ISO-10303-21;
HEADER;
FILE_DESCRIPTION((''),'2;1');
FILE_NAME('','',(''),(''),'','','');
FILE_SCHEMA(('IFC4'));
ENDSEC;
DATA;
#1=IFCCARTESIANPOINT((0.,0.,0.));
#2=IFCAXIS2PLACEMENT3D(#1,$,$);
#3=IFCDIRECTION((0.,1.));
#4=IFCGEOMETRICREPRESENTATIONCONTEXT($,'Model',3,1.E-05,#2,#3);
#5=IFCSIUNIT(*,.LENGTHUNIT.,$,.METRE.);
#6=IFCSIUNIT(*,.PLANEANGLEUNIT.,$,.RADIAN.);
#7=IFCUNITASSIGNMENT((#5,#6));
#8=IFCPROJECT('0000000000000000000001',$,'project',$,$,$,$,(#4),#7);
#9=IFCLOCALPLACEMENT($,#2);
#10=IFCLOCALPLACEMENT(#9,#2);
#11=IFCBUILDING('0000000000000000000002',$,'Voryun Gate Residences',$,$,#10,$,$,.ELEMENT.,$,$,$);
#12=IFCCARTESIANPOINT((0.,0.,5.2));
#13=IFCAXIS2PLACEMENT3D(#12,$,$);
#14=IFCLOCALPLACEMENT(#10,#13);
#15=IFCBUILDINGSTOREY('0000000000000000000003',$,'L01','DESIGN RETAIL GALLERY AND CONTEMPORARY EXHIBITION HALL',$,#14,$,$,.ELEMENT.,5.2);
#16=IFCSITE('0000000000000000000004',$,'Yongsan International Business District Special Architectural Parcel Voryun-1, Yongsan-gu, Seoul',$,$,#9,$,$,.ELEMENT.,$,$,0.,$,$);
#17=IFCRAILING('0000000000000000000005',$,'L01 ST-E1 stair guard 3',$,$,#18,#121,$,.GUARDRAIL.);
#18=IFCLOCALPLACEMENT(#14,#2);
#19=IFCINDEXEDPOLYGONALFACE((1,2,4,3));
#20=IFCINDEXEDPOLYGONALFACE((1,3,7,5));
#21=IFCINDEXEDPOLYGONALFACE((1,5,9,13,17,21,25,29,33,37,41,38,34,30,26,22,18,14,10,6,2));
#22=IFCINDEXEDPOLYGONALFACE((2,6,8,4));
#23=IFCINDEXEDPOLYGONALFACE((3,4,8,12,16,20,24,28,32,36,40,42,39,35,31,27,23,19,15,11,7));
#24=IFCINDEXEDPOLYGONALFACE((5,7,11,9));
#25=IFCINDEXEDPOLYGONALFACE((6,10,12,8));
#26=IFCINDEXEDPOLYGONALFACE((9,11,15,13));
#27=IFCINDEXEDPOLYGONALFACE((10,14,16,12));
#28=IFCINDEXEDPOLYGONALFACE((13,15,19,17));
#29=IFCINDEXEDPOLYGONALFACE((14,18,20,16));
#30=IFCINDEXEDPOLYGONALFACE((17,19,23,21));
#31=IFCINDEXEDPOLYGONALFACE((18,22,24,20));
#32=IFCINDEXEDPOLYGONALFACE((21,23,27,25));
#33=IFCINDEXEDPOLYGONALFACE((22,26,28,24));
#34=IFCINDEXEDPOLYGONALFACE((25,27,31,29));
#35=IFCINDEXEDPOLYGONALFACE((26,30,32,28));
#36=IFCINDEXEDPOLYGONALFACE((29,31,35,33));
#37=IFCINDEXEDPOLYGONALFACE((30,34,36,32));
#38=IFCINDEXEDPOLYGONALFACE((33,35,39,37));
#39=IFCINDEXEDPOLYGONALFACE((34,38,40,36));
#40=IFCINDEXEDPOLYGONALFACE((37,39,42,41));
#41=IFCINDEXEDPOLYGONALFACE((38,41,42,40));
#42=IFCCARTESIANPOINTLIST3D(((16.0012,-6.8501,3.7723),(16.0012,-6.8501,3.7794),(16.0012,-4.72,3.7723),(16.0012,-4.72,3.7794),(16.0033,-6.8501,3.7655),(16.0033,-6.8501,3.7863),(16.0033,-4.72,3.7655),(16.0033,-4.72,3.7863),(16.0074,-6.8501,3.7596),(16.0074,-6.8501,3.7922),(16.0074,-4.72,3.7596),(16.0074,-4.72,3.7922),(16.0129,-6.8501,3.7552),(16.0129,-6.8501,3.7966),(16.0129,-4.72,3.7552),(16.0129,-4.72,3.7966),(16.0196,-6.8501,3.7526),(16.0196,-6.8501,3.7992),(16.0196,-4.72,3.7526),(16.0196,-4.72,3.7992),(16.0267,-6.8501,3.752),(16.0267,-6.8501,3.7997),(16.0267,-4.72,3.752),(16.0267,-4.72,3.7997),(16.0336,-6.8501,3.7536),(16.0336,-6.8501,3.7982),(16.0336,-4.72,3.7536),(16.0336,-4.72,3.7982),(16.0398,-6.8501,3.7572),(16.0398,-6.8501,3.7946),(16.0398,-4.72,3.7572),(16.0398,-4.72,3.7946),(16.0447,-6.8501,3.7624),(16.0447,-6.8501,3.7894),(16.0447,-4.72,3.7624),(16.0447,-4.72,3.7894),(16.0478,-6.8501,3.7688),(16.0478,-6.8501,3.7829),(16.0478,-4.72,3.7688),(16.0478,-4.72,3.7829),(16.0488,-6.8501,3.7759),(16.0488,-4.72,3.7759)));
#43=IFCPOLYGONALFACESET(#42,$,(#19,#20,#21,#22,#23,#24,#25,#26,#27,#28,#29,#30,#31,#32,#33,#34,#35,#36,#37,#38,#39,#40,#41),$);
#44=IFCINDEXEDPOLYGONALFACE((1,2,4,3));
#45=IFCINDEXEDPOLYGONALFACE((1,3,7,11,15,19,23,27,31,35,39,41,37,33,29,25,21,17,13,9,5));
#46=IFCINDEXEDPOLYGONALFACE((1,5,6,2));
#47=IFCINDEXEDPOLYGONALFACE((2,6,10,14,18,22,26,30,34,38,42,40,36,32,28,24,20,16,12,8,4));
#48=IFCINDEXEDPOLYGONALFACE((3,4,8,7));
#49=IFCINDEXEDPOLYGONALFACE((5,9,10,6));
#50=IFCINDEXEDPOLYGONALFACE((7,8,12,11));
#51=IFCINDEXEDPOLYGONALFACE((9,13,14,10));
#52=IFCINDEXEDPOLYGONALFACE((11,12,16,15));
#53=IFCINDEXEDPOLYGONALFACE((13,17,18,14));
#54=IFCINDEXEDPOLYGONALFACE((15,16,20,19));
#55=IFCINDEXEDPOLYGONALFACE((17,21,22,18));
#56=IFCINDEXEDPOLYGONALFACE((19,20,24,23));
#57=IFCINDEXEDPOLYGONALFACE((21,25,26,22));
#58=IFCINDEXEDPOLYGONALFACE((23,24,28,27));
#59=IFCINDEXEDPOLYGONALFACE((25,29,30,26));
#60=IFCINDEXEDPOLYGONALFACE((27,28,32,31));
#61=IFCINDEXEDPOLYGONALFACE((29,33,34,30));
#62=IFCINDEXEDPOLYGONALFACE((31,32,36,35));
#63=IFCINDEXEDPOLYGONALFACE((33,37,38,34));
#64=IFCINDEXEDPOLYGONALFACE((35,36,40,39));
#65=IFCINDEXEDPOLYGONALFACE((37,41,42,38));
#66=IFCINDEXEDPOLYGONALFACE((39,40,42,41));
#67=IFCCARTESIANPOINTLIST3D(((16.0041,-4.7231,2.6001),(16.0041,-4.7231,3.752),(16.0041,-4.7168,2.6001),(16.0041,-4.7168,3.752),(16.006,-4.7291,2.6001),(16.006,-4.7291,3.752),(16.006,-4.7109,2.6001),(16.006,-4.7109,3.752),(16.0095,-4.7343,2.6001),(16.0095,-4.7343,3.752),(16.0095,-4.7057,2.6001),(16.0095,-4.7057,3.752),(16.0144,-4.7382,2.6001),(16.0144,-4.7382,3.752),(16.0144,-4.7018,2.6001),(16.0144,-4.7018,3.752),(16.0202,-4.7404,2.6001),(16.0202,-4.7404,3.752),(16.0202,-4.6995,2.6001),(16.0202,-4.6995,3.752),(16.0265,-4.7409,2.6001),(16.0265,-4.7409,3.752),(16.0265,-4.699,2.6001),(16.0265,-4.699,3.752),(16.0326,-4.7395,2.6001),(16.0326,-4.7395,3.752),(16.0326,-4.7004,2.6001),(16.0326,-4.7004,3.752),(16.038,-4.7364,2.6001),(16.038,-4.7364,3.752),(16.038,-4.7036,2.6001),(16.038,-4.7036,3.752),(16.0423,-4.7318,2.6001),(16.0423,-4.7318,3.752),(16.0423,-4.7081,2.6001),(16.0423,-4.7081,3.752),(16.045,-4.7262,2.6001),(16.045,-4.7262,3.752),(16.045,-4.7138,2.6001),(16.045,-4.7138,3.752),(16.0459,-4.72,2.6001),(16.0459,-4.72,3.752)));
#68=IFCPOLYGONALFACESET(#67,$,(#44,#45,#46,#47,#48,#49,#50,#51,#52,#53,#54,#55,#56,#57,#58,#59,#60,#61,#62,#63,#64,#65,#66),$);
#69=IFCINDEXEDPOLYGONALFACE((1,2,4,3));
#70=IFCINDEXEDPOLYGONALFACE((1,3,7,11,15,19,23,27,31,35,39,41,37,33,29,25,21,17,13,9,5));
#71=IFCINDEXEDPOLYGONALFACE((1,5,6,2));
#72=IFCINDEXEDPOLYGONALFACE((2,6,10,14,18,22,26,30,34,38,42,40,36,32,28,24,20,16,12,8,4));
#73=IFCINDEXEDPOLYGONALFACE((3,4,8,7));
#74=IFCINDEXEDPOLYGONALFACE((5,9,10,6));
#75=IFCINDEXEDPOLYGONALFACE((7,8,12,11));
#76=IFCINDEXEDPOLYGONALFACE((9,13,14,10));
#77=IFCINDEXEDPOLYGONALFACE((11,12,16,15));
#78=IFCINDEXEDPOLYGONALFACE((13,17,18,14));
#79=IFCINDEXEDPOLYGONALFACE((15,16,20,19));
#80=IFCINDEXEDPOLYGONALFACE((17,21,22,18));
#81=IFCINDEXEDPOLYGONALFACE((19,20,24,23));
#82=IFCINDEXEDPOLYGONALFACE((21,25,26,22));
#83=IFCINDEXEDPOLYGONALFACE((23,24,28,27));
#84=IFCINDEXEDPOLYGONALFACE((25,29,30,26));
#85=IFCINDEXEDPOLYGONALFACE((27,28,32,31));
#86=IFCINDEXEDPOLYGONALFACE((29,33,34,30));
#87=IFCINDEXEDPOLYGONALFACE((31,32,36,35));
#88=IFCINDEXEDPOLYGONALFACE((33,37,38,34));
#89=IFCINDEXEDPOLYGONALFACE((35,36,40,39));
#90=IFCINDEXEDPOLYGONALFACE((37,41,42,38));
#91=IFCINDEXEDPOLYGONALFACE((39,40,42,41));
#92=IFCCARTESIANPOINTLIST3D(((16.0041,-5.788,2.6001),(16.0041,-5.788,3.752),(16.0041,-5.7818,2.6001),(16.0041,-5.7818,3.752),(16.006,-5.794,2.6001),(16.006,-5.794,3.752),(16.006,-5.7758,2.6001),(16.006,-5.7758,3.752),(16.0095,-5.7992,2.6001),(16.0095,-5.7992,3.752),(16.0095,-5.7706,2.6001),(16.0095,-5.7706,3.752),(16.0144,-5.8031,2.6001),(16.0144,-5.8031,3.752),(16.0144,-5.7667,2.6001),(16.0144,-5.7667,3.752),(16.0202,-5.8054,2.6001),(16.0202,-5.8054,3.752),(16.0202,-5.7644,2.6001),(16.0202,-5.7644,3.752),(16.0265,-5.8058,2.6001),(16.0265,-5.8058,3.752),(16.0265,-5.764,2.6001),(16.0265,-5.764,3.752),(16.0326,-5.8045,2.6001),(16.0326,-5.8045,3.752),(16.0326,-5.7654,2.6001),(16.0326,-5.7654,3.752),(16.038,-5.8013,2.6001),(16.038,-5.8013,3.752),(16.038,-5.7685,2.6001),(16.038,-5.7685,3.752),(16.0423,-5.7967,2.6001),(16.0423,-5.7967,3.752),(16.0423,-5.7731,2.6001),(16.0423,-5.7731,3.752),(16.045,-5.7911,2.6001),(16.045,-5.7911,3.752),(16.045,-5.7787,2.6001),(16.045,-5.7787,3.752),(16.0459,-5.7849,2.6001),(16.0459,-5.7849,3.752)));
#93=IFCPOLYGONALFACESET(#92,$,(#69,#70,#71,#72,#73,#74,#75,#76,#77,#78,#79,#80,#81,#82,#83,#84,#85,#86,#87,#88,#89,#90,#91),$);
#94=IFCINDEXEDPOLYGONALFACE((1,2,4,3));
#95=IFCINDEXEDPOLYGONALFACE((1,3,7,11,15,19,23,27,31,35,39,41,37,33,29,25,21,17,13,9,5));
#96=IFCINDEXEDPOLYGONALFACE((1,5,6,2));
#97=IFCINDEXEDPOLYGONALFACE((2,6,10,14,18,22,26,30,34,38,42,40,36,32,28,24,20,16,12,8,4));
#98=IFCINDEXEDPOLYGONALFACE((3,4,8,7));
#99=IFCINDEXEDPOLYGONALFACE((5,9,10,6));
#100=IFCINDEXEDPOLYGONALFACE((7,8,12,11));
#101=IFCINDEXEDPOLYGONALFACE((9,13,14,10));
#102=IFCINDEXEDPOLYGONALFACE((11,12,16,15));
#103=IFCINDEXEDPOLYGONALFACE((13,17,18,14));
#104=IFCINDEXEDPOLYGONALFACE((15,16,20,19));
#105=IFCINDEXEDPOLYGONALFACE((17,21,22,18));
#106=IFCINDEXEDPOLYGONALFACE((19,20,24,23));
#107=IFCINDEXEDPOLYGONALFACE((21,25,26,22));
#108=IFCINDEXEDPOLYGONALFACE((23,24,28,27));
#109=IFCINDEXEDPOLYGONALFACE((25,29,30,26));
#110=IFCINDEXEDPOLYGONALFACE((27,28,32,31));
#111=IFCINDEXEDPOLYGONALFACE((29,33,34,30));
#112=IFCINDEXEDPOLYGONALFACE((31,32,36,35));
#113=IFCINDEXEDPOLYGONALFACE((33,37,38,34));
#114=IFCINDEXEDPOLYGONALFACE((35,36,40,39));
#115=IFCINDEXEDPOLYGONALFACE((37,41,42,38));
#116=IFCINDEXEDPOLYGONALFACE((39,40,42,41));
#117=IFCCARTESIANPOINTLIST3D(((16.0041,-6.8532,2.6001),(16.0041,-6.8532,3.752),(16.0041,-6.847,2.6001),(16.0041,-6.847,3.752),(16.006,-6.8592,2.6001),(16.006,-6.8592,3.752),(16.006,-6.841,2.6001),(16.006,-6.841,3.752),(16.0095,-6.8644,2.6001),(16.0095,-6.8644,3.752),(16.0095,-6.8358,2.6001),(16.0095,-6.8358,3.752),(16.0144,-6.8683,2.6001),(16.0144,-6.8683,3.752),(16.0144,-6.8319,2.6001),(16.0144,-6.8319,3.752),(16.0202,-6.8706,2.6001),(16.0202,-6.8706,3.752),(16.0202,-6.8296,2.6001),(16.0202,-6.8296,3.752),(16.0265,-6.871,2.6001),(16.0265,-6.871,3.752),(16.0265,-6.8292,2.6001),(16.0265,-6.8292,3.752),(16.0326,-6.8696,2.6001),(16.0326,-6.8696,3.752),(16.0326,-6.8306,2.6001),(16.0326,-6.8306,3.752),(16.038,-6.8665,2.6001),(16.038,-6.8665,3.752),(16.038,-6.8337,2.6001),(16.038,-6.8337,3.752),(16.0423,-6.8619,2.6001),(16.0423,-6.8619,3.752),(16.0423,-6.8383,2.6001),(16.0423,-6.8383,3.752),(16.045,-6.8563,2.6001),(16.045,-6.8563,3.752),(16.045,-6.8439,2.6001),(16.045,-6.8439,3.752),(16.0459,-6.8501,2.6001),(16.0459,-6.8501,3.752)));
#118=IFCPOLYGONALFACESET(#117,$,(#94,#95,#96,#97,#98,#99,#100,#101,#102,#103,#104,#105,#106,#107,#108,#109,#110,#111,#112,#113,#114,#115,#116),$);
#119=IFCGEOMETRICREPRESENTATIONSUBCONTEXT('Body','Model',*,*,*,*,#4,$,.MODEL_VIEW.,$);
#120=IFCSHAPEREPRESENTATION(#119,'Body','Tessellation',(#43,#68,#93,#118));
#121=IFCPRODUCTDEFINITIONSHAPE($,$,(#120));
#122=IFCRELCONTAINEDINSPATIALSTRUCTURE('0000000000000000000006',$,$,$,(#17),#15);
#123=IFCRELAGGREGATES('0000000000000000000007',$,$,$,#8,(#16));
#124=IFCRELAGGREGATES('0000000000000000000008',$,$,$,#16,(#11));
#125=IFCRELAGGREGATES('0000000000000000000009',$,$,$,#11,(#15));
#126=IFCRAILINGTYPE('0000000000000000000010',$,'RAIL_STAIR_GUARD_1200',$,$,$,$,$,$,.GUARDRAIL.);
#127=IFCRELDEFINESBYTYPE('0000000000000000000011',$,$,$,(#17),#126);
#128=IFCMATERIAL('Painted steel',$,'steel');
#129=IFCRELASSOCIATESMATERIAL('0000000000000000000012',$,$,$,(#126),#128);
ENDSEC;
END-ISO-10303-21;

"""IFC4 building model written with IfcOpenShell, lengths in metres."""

from ifc_helpers import new_model, si_unit, direction, frame, origin, origin_2d, place, context, subcontext, project, spatial, circle, extrude, material, type_object, element, save


model = new_model("IFC4")

# Units and contexts
model_context = context("Model", 3, precision=1e-05, world=origin(), true_north=direction((0.0, 1.0)))
body_context = subcontext(model_context, "Body", "Model", "MODEL_VIEW")
ifc_project = project(units=[si_unit("LENGTHUNIT", "METRE"), si_unit("PLANEANGLEUNIT", "RADIAN")], contexts=[model_context])

# Site, building, storey
site_placement = place(None, origin())
site = spatial("IfcSite", under=ifc_project, at=site_placement, Name="Yongsan International Business District Special Architectural Parcel Voryun-1, Yongsan-gu, Seoul", CompositionType="ELEMENT", RefElevation=0.0)
building_placement = place(site_placement, origin())
building = spatial("IfcBuilding", under=site, at=building_placement, Name="Voryun Gate Residences", CompositionType="ELEMENT")
storey_placement = place(building_placement, frame((0.0, 0.0, 5.2)))
storey = spatial("IfcBuildingStorey", under=building, at=storey_placement, Name="L01", Description="DESIGN RETAIL GALLERY AND CONTEMPORARY EXHIBITION HALL", CompositionType="ELEMENT", Elevation=5.2)

# Railing
ifc_material_1 = material(Name="Painted steel", Category="steel")
railing_type_1 = type_object("IfcRailingType", Name="RAIL_STAIR_GUARD_1200", PredefinedType="GUARDRAIL", material=ifc_material_1)
railing_1_placement = place(storey_placement, frame((16.0249, -4.72, 2.6001)))
element("IfcRailing", 1, at=railing_1_placement, inside=storey, type_object=railing_type_1, Name="L01 ST-E1 stair guard 3", PredefinedType="GUARDRAIL", context=body_context, shape_type="SweptSolid", body=[
    extrude(circle(Radius=0.0239, at=origin_2d()), frame((0.0, 0.0, 1.1758), z_axis=(0.0, -1.0, 0.0), x_axis=(1.0, 0.0, 0.0)), (0.0, 0.0, 1.0), 2.1301),
    extrude(circle(Radius=0.021, at=origin_2d()), origin(), (0.0, 0.0, 1.0), 1.1519),
    extrude(circle(Radius=0.021, at=origin_2d()), frame((0.0, -1.0649, 0.0)), (0.0, 0.0, 1.0), 1.1519),
    extrude(circle(Radius=0.021, at=origin_2d()), frame((0.0, -2.1301, 0.0)), (0.0, 0.0, 1.0), 1.1519),
])

save(model, "model.ifc")
